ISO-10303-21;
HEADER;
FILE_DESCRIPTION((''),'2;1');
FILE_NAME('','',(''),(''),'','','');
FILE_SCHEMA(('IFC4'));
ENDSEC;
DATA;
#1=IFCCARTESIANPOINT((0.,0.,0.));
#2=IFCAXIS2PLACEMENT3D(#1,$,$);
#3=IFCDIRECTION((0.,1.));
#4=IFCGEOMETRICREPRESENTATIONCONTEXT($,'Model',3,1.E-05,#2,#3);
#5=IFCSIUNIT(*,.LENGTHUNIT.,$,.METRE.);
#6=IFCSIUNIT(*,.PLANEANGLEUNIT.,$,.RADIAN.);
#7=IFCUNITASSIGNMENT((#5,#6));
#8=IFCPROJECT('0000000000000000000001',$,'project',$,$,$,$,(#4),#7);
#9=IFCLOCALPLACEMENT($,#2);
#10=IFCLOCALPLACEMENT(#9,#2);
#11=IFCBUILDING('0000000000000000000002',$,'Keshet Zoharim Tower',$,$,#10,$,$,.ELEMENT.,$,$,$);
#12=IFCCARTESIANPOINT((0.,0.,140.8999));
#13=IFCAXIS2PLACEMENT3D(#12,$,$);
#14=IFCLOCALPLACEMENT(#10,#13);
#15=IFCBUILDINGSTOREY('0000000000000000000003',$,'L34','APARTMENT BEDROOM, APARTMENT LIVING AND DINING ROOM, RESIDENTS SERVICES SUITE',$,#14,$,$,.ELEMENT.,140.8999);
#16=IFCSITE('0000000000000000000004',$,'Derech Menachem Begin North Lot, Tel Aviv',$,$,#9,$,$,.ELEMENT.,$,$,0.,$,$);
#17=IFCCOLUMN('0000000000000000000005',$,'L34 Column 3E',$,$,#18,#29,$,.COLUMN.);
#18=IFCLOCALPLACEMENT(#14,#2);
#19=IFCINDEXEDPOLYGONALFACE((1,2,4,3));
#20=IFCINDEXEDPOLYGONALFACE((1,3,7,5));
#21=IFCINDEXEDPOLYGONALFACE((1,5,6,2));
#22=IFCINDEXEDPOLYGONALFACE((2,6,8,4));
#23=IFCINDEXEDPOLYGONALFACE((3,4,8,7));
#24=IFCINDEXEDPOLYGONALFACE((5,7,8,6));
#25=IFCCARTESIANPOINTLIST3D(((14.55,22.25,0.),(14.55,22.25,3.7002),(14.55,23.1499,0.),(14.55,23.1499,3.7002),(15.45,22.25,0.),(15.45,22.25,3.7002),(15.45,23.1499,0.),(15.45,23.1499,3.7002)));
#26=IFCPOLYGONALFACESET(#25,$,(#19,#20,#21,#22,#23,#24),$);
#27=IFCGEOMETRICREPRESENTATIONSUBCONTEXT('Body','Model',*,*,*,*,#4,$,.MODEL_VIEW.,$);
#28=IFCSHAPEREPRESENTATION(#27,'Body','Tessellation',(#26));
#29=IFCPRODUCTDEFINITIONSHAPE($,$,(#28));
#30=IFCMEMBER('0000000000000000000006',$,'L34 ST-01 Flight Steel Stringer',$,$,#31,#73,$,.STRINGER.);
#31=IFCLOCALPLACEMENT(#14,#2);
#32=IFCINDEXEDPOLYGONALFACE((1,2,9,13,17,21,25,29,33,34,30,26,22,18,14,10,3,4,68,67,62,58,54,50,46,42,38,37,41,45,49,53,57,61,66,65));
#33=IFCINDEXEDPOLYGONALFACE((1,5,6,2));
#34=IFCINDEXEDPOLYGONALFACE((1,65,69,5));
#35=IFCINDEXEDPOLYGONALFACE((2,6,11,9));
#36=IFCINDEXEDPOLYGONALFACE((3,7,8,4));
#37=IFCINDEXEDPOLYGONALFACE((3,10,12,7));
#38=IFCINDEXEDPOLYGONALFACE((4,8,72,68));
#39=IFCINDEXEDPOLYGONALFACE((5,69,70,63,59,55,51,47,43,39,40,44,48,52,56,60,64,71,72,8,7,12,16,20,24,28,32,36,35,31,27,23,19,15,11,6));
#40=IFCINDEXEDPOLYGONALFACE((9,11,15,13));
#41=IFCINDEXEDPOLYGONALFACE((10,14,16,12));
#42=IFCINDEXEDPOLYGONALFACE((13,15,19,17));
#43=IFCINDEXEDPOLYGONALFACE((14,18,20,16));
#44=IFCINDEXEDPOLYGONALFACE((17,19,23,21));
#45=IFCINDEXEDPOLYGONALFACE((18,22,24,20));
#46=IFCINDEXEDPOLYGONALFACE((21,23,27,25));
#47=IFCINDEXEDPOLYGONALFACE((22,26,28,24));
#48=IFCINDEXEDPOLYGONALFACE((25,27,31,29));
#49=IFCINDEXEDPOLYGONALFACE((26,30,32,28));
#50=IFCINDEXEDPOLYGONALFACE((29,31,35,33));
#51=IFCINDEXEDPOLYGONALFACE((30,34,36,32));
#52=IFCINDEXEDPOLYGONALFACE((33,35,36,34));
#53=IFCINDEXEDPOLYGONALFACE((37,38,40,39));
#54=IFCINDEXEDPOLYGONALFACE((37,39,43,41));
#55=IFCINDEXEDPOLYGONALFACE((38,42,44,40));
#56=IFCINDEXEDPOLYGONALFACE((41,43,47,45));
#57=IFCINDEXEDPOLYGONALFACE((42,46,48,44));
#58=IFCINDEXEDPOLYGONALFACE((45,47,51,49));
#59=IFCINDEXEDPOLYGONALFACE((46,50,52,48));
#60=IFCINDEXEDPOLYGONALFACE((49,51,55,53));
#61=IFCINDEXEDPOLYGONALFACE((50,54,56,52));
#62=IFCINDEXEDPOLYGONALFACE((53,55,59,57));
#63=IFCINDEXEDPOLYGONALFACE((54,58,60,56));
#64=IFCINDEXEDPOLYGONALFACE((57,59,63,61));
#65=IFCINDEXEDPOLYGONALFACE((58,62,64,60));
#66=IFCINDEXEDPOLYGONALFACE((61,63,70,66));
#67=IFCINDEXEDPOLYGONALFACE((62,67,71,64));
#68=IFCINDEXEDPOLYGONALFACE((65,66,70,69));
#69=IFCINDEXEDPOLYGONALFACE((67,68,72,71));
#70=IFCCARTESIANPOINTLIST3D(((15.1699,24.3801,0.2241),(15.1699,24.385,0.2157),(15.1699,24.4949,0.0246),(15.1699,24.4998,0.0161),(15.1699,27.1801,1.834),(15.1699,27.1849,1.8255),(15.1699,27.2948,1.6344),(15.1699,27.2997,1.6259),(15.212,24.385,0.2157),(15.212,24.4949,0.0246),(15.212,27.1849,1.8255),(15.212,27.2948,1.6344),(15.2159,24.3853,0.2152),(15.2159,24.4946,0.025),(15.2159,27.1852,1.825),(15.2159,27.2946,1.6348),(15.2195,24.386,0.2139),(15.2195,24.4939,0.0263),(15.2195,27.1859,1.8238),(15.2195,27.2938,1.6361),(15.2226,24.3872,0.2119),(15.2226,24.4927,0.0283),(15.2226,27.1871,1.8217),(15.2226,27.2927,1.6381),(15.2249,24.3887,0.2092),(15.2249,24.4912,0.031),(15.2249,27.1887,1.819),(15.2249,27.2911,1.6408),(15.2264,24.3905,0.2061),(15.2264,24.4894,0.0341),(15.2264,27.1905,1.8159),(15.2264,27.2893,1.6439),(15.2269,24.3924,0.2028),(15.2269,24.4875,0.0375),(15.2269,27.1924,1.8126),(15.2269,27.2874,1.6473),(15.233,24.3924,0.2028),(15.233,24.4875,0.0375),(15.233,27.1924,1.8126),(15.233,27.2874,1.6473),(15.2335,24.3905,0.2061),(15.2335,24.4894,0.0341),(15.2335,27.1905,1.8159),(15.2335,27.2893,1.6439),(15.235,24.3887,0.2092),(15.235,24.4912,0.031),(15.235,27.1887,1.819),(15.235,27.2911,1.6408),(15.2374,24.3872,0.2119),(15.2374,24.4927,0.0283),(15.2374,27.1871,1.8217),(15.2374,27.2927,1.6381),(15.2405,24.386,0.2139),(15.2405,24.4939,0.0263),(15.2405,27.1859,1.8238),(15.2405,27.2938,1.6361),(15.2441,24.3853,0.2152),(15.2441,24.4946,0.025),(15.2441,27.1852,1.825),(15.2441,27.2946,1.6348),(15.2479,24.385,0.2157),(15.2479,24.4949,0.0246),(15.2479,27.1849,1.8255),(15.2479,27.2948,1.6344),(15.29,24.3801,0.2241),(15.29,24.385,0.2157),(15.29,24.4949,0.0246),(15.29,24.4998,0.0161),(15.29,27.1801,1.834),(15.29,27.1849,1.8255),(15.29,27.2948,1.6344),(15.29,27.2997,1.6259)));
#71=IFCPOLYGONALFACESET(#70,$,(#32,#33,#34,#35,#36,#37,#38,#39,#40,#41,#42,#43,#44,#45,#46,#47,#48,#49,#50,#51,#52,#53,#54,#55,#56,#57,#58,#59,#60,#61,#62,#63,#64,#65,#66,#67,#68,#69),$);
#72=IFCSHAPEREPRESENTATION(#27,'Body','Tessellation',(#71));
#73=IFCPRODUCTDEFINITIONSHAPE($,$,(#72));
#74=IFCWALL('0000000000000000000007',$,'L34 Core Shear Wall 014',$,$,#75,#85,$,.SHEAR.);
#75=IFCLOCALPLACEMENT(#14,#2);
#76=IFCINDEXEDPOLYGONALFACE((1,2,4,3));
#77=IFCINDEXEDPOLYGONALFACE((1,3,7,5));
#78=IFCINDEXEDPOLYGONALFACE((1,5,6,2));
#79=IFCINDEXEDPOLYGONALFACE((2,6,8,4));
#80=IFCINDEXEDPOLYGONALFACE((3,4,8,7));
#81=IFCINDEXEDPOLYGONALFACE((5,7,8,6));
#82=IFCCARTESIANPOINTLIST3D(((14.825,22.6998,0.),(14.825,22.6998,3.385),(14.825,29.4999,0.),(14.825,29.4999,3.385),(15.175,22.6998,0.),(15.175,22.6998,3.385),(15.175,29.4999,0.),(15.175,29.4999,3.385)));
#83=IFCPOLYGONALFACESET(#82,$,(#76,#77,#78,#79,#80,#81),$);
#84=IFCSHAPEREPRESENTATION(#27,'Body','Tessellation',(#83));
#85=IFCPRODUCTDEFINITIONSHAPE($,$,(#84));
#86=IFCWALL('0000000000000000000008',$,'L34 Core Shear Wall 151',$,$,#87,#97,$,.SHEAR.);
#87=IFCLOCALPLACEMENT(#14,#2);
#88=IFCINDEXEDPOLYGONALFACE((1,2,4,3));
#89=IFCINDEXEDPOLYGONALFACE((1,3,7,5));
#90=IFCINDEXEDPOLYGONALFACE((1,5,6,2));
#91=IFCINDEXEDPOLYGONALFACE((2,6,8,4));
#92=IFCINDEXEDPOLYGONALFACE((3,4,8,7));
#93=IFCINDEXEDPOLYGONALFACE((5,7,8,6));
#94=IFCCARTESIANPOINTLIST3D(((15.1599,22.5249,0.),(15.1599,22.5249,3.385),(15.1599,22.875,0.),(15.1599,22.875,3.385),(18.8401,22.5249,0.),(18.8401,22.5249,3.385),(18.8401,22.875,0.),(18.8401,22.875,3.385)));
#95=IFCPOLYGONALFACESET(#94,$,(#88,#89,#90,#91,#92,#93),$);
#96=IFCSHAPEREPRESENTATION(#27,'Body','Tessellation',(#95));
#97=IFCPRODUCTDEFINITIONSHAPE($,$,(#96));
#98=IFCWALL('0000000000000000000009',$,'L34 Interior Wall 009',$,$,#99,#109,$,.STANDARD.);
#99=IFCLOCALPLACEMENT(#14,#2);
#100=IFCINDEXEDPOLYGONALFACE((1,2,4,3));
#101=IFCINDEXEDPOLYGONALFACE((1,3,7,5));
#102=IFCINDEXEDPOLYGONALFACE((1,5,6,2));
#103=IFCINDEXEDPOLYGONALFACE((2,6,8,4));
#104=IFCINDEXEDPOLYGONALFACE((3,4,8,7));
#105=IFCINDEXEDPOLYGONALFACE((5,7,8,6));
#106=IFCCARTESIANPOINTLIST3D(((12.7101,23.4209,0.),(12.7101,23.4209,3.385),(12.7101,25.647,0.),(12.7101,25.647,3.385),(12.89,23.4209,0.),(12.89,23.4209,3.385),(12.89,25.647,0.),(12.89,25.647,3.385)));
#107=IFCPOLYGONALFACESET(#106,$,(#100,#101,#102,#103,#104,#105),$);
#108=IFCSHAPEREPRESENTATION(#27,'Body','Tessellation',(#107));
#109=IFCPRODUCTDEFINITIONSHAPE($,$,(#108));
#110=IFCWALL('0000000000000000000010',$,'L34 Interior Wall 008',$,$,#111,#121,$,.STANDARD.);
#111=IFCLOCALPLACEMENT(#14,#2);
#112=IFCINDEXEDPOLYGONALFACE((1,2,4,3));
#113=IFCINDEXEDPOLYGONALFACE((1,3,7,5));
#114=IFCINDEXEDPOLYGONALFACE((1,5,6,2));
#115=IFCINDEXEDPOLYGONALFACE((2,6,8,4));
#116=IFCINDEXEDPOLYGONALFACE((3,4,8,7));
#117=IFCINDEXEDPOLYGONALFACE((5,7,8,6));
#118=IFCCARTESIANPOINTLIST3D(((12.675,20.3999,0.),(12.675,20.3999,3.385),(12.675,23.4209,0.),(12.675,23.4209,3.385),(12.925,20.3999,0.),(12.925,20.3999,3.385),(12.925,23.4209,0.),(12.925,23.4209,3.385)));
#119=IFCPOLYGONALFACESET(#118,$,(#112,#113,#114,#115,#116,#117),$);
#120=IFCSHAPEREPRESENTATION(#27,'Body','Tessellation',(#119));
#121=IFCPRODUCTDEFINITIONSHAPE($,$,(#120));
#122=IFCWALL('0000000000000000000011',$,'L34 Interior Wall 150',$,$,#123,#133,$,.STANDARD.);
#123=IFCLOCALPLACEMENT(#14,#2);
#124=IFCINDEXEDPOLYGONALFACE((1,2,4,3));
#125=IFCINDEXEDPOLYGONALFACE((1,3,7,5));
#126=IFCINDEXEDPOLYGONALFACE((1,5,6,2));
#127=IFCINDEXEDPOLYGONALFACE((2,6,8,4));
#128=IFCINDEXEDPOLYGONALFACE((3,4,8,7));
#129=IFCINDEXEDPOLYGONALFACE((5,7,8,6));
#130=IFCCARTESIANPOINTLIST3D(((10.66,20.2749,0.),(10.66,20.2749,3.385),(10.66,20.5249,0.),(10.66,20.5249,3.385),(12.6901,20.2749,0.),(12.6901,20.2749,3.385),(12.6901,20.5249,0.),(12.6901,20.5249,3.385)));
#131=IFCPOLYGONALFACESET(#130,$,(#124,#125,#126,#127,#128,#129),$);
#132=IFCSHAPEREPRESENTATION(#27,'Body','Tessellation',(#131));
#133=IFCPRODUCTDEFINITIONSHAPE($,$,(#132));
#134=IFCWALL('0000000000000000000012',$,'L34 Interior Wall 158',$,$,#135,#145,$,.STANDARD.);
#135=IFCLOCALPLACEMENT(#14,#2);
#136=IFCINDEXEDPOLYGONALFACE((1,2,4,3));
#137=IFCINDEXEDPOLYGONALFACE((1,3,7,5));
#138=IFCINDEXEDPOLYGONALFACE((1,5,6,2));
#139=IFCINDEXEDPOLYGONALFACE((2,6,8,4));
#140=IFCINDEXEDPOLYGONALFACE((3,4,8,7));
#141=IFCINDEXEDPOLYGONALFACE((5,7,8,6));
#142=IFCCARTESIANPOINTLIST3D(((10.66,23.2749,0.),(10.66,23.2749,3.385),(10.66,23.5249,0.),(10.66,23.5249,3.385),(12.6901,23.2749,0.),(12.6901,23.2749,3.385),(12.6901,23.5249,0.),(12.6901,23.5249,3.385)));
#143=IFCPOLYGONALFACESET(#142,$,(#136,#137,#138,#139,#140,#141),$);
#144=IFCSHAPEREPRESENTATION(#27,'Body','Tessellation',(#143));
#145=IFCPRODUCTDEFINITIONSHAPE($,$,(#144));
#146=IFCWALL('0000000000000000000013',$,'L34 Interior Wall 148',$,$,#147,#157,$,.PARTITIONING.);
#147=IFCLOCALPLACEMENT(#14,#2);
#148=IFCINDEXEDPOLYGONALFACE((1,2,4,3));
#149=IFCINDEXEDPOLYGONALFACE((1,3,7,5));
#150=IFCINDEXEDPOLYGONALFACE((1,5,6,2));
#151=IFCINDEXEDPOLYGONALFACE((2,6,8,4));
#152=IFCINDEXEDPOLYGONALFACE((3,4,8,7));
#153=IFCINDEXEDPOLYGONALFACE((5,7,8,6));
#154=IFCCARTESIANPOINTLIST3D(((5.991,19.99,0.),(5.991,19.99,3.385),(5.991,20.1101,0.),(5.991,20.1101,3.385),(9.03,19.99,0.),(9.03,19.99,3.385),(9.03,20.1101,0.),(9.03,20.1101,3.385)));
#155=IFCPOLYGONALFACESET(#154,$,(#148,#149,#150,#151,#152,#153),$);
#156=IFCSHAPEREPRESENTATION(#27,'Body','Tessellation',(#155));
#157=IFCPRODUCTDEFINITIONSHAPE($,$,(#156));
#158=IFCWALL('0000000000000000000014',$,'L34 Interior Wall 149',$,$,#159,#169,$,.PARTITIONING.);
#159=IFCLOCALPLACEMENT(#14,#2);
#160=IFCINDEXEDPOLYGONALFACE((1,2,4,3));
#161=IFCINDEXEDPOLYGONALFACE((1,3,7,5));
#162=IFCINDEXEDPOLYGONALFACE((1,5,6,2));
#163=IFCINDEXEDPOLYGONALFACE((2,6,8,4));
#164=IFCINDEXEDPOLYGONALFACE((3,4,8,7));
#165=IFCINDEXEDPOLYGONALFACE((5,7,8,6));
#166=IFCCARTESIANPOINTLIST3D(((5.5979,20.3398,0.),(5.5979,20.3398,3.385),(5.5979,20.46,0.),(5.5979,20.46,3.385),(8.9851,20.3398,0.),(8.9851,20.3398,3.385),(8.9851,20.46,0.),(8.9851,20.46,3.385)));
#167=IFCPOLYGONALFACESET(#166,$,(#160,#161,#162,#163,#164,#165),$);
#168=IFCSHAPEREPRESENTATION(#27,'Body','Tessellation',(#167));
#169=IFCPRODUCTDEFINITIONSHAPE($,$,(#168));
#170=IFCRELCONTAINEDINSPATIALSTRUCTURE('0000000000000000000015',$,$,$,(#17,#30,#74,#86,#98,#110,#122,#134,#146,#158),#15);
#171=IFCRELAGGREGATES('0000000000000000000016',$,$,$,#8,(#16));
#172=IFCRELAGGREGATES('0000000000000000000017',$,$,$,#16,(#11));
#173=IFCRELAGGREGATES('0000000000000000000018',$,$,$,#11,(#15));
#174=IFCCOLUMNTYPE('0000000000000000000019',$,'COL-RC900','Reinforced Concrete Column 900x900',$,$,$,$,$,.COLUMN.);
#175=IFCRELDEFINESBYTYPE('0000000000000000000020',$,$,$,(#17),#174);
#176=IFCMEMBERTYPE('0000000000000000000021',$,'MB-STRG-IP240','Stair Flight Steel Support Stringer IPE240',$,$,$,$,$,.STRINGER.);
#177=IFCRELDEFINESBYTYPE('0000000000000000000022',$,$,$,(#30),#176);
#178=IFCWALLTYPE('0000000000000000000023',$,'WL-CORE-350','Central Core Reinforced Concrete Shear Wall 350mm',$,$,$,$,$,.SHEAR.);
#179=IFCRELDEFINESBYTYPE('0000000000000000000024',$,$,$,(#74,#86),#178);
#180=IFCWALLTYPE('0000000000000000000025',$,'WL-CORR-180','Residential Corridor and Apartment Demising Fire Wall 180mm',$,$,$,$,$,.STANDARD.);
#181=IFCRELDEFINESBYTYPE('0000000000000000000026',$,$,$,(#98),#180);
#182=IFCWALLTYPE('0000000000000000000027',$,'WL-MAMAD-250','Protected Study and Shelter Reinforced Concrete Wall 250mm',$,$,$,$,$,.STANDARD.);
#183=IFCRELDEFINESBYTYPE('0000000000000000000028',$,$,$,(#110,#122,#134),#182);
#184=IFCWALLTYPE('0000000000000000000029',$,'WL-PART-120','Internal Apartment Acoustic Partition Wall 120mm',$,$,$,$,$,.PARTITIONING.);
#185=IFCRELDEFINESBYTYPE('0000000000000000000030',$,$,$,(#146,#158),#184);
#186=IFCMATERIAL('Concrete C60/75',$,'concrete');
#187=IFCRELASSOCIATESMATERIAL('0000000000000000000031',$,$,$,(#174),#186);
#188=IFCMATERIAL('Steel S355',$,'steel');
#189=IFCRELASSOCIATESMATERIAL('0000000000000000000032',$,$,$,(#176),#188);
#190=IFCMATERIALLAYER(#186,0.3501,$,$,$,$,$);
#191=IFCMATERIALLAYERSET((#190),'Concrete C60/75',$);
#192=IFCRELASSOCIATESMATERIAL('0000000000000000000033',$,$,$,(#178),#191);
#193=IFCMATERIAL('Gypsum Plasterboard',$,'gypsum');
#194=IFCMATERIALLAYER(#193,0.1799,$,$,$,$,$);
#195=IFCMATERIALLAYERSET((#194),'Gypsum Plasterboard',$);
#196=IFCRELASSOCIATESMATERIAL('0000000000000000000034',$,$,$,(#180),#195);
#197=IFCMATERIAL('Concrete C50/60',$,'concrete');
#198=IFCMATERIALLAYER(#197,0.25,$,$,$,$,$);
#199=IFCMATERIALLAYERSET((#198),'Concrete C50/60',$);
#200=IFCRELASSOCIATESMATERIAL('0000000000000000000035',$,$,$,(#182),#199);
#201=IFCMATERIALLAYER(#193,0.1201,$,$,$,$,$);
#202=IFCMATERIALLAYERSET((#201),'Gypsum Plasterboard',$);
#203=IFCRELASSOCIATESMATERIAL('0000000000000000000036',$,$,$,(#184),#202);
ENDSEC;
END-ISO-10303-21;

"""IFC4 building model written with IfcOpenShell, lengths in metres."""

from ifc_helpers import new_model, si_unit, direction, frame, frame_2d, origin, origin_2d, place, context, subcontext, project, spatial, rectangle, i_section, extrude, material, layer, layer_set, material_profile, profile_set, type_object, element, save


model = new_model("IFC4")

# Units and contexts
model_context = context("Model", 3, precision=1e-05, world=origin(), true_north=direction((0.0, 1.0)))
body_context = subcontext(model_context, "Body", "Model", "MODEL_VIEW")
ifc_project = project(units=[si_unit("LENGTHUNIT", "METRE"), si_unit("PLANEANGLEUNIT", "RADIAN")], contexts=[model_context])

# Site, building, storey
site_placement = place(None, origin())
site = spatial("IfcSite", under=ifc_project, at=site_placement, Name="Derech Menachem Begin North Lot, Tel Aviv", CompositionType="ELEMENT", RefElevation=0.0)
building_placement = place(site_placement, origin())
building = spatial("IfcBuilding", under=site, at=building_placement, Name="Keshet Zoharim Tower", CompositionType="ELEMENT")
storey_placement = place(building_placement, frame((0.0, 0.0, 140.8999)))
storey = spatial("IfcBuildingStorey", under=building, at=storey_placement, Name="L34", Description="APARTMENT BEDROOM, APARTMENT LIVING AND DINING ROOM, RESIDENTS SERVICES SUITE", CompositionType="ELEMENT", Elevation=140.8999)

# Column
ifc_material_1 = material(Name="Concrete C60/75", Category="concrete")
ifc_material_profile_1 = material_profile(ifc_material_1, rectangle(XDim=0.8999, YDim=0.8999, at=origin_2d()), Name="RC900x900")
ifc_profile_set_1 = profile_set([ifc_material_profile_1], Name="Concrete C60/75")
column_type = type_object("IfcColumnType", Name="COL-RC900", Description="Reinforced Concrete Column 900x900", PredefinedType="COLUMN", material=ifc_profile_set_1)
column_placement = place(storey_placement, frame((15.0, 22.7, 0.0), z_axis=(0.0, 0.0, 1.0), x_axis=(1.0, 0.0, 0.0)))
element("IfcColumn", 1, at=column_placement, inside=storey, type_object=column_type, Name="L34 Column 3E", PredefinedType="COLUMN", context=body_context, shape_type="SweptSolid", body=[
    extrude(rectangle(XDim=0.8999, YDim=0.8999, at=origin_2d()), origin(), (0.0, 0.0, 1.0), 3.7002),
])

# Member
ifc_material_2 = material(Name="Steel S355", Category="steel")
ifc_material_profile_2 = material_profile(ifc_material_2, i_section(OverallWidth=0.1201, OverallDepth=0.24, WebThickness=0.0061, FlangeThickness=0.0098, FilletRadius=0.0149, at=origin_2d()), Name="IPE240")
ifc_profile_set_2 = profile_set([ifc_material_profile_2], Name="Steel S355")
member_type = type_object("IfcMemberType", Name="MB-STRG-IP240", Description="Stair Flight Steel Support Stringer IPE240", PredefinedType="STRINGER", material=ifc_profile_set_2)
member_placement = place(storey_placement, frame((15.23, 24.4399, 0.1201), z_axis=(0.0, 0.866928, 0.498433), x_axis=(-1.0, 0.0, 0.0)))
element("IfcMember", 2, at=member_placement, inside=storey, type_object=member_type, Name="L34 ST-01 Flight Steel Stringer", PredefinedType="STRINGER", context=body_context, shape_type="SweptSolid", body=[
    extrude(i_section(OverallWidth=0.1201, OverallDepth=0.24, WebThickness=0.0061, FlangeThickness=0.0098, FilletRadius=0.0149, at=origin_2d()), origin(), (0.0, 0.0, 1.0), 3.2297),
])

# Walls
ifc_layer_1 = layer(ifc_material_1, 0.3501)
ifc_layer_set_1 = layer_set([ifc_layer_1], Name="Concrete C60/75")
wall_type_1 = type_object("IfcWallType", Name="WL-CORE-350", Description="Central Core Reinforced Concrete Shear Wall 350mm", PredefinedType="SHEAR", material=ifc_layer_set_1)
wall_1_placement = place(storey_placement, frame((15.0, 22.7, 0.0), z_axis=(0.0, 0.0, 1.0), x_axis=(0.0, 1.0, 0.0)))
element("IfcWall", 3, at=wall_1_placement, inside=storey, type_object=wall_type_1, Name="L34 Core Shear Wall 014", PredefinedType="SHEAR", context=body_context, shape_type="SweptSolid", body=[
    extrude(rectangle(XDim=6.8, YDim=0.3501, at=frame_2d((3.3999, 0.0))), origin(), (0.0, 0.0, 1.0), 3.385),
])
wall_2_placement = place(storey_placement, frame((15.1599, 22.7, 0.0), z_axis=(0.0, 0.0, 1.0), x_axis=(1.0, 0.0, 0.0)))
element("IfcWall", 4, at=wall_2_placement, inside=storey, type_object=wall_type_1, Name="L34 Core Shear Wall 151", PredefinedType="SHEAR", context=body_context, shape_type="SweptSolid", body=[
    extrude(rectangle(XDim=3.6802, YDim=0.3501, at=frame_2d((1.8401, 0.0))), origin(), (0.0, 0.0, 1.0), 3.385),
])
ifc_material_3 = material(Name="Gypsum Plasterboard", Category="gypsum")
ifc_layer_2 = layer(ifc_material_3, 0.1799)
ifc_layer_set_2 = layer_set([ifc_layer_2], Name="Gypsum Plasterboard")
wall_type_2 = type_object("IfcWallType", Name="WL-CORR-180", Description="Residential Corridor and Apartment Demising Fire Wall 180mm", PredefinedType="STANDARD", material=ifc_layer_set_2)
wall_3_placement = place(storey_placement, frame((12.8, 23.4209, 0.0), z_axis=(0.0, 0.0, 1.0), x_axis=(0.0, 1.0, 0.0)))
element("IfcWall", 5, at=wall_3_placement, inside=storey, type_object=wall_type_2, Name="L34 Interior Wall 009", PredefinedType="STANDARD", context=body_context, shape_type="SweptSolid", body=[
    extrude(rectangle(XDim=2.2261, YDim=0.1799, at=frame_2d((1.113, 0.0))), origin(), (0.0, 0.0, 1.0), 3.385),
])

# Shared definitions
ifc_material_4 = material(Name="Concrete C50/60", Category="concrete")
ifc_layer_3 = layer(ifc_material_4, 0.25)
ifc_layer_set_3 = layer_set([ifc_layer_3], Name="Concrete C50/60")
wall_type_3 = type_object("IfcWallType", Name="WL-MAMAD-250", Description="Protected Study and Shelter Reinforced Concrete Wall 250mm", PredefinedType="STANDARD", material=ifc_layer_set_3)

# Walls
wall_4_placement = place(storey_placement, frame((12.8, 20.3999, 0.0), z_axis=(0.0, 0.0, 1.0), x_axis=(0.0, 1.0, 0.0)))
element("IfcWall", 6, at=wall_4_placement, inside=storey, type_object=wall_type_3, Name="L34 Interior Wall 008", PredefinedType="STANDARD", context=body_context, shape_type="SweptSolid", body=[
    extrude(rectangle(XDim=3.021, YDim=0.25, at=frame_2d((1.5105, 0.0))), origin(), (0.0, 0.0, 1.0), 3.385),
])
for number, where, z_axis, x_axis, name in (
    (7, (10.6599, 20.3999, 0.0), (0.0, 0.0, 1.0), (1.0, 0.0, 0.0), "L34 Interior Wall 150"),
    (8, (10.6599, 23.3999, 0.0), (0.0, 0.0, 1.0), (1.0, 0.0, 0.0), "L34 Interior Wall 158"),
):
    element("IfcWall", number, at=place(storey_placement, frame(where, z_axis=z_axis, x_axis=x_axis)), inside=storey, type_object=wall_type_3, Name=name, PredefinedType="STANDARD", context=body_context, shape_type="SweptSolid", body=[
        extrude(rectangle(XDim=2.03, YDim=0.25, at=frame_2d((1.0151, 0.0))), origin(), (0.0, 0.0, 1.0), 3.385),
    ])

# Shared definitions
ifc_layer_4 = layer(ifc_material_3, 0.1201)
ifc_layer_set_4 = layer_set([ifc_layer_4], Name="Gypsum Plasterboard")
wall_type_4 = type_object("IfcWallType", Name="WL-PART-120", Description="Internal Apartment Acoustic Partition Wall 120mm", PredefinedType="PARTITIONING", material=ifc_layer_set_4)

# Walls
wall_5_placement = place(storey_placement, frame((5.991, 20.05, 0.0), z_axis=(0.0, 0.0, 1.0), x_axis=(1.0, 0.0, 0.0)))
element("IfcWall", 9, at=wall_5_placement, inside=storey, type_object=wall_type_4, Name="L34 Interior Wall 148", PredefinedType="PARTITIONING", context=body_context, shape_type="SweptSolid", body=[
    extrude(rectangle(XDim=3.0391, YDim=0.1201, at=frame_2d((1.5195, 0.0))), origin(), (0.0, 0.0, 1.0), 3.385),
])
wall_6_placement = place(storey_placement, frame((5.5979, 20.3999, 0.0), z_axis=(0.0, 0.0, 1.0), x_axis=(1.0, 0.0, 0.0)))
element("IfcWall", 10, at=wall_6_placement, inside=storey, type_object=wall_type_4, Name="L34 Interior Wall 149", PredefinedType="PARTITIONING", context=body_context, shape_type="SweptSolid", body=[
    extrude(rectangle(XDim=3.3872, YDim=0.1201, at=frame_2d((1.6936, 0.0))), origin(), (0.0, 0.0, 1.0), 3.385),
])

save(model, "model.ifc")
